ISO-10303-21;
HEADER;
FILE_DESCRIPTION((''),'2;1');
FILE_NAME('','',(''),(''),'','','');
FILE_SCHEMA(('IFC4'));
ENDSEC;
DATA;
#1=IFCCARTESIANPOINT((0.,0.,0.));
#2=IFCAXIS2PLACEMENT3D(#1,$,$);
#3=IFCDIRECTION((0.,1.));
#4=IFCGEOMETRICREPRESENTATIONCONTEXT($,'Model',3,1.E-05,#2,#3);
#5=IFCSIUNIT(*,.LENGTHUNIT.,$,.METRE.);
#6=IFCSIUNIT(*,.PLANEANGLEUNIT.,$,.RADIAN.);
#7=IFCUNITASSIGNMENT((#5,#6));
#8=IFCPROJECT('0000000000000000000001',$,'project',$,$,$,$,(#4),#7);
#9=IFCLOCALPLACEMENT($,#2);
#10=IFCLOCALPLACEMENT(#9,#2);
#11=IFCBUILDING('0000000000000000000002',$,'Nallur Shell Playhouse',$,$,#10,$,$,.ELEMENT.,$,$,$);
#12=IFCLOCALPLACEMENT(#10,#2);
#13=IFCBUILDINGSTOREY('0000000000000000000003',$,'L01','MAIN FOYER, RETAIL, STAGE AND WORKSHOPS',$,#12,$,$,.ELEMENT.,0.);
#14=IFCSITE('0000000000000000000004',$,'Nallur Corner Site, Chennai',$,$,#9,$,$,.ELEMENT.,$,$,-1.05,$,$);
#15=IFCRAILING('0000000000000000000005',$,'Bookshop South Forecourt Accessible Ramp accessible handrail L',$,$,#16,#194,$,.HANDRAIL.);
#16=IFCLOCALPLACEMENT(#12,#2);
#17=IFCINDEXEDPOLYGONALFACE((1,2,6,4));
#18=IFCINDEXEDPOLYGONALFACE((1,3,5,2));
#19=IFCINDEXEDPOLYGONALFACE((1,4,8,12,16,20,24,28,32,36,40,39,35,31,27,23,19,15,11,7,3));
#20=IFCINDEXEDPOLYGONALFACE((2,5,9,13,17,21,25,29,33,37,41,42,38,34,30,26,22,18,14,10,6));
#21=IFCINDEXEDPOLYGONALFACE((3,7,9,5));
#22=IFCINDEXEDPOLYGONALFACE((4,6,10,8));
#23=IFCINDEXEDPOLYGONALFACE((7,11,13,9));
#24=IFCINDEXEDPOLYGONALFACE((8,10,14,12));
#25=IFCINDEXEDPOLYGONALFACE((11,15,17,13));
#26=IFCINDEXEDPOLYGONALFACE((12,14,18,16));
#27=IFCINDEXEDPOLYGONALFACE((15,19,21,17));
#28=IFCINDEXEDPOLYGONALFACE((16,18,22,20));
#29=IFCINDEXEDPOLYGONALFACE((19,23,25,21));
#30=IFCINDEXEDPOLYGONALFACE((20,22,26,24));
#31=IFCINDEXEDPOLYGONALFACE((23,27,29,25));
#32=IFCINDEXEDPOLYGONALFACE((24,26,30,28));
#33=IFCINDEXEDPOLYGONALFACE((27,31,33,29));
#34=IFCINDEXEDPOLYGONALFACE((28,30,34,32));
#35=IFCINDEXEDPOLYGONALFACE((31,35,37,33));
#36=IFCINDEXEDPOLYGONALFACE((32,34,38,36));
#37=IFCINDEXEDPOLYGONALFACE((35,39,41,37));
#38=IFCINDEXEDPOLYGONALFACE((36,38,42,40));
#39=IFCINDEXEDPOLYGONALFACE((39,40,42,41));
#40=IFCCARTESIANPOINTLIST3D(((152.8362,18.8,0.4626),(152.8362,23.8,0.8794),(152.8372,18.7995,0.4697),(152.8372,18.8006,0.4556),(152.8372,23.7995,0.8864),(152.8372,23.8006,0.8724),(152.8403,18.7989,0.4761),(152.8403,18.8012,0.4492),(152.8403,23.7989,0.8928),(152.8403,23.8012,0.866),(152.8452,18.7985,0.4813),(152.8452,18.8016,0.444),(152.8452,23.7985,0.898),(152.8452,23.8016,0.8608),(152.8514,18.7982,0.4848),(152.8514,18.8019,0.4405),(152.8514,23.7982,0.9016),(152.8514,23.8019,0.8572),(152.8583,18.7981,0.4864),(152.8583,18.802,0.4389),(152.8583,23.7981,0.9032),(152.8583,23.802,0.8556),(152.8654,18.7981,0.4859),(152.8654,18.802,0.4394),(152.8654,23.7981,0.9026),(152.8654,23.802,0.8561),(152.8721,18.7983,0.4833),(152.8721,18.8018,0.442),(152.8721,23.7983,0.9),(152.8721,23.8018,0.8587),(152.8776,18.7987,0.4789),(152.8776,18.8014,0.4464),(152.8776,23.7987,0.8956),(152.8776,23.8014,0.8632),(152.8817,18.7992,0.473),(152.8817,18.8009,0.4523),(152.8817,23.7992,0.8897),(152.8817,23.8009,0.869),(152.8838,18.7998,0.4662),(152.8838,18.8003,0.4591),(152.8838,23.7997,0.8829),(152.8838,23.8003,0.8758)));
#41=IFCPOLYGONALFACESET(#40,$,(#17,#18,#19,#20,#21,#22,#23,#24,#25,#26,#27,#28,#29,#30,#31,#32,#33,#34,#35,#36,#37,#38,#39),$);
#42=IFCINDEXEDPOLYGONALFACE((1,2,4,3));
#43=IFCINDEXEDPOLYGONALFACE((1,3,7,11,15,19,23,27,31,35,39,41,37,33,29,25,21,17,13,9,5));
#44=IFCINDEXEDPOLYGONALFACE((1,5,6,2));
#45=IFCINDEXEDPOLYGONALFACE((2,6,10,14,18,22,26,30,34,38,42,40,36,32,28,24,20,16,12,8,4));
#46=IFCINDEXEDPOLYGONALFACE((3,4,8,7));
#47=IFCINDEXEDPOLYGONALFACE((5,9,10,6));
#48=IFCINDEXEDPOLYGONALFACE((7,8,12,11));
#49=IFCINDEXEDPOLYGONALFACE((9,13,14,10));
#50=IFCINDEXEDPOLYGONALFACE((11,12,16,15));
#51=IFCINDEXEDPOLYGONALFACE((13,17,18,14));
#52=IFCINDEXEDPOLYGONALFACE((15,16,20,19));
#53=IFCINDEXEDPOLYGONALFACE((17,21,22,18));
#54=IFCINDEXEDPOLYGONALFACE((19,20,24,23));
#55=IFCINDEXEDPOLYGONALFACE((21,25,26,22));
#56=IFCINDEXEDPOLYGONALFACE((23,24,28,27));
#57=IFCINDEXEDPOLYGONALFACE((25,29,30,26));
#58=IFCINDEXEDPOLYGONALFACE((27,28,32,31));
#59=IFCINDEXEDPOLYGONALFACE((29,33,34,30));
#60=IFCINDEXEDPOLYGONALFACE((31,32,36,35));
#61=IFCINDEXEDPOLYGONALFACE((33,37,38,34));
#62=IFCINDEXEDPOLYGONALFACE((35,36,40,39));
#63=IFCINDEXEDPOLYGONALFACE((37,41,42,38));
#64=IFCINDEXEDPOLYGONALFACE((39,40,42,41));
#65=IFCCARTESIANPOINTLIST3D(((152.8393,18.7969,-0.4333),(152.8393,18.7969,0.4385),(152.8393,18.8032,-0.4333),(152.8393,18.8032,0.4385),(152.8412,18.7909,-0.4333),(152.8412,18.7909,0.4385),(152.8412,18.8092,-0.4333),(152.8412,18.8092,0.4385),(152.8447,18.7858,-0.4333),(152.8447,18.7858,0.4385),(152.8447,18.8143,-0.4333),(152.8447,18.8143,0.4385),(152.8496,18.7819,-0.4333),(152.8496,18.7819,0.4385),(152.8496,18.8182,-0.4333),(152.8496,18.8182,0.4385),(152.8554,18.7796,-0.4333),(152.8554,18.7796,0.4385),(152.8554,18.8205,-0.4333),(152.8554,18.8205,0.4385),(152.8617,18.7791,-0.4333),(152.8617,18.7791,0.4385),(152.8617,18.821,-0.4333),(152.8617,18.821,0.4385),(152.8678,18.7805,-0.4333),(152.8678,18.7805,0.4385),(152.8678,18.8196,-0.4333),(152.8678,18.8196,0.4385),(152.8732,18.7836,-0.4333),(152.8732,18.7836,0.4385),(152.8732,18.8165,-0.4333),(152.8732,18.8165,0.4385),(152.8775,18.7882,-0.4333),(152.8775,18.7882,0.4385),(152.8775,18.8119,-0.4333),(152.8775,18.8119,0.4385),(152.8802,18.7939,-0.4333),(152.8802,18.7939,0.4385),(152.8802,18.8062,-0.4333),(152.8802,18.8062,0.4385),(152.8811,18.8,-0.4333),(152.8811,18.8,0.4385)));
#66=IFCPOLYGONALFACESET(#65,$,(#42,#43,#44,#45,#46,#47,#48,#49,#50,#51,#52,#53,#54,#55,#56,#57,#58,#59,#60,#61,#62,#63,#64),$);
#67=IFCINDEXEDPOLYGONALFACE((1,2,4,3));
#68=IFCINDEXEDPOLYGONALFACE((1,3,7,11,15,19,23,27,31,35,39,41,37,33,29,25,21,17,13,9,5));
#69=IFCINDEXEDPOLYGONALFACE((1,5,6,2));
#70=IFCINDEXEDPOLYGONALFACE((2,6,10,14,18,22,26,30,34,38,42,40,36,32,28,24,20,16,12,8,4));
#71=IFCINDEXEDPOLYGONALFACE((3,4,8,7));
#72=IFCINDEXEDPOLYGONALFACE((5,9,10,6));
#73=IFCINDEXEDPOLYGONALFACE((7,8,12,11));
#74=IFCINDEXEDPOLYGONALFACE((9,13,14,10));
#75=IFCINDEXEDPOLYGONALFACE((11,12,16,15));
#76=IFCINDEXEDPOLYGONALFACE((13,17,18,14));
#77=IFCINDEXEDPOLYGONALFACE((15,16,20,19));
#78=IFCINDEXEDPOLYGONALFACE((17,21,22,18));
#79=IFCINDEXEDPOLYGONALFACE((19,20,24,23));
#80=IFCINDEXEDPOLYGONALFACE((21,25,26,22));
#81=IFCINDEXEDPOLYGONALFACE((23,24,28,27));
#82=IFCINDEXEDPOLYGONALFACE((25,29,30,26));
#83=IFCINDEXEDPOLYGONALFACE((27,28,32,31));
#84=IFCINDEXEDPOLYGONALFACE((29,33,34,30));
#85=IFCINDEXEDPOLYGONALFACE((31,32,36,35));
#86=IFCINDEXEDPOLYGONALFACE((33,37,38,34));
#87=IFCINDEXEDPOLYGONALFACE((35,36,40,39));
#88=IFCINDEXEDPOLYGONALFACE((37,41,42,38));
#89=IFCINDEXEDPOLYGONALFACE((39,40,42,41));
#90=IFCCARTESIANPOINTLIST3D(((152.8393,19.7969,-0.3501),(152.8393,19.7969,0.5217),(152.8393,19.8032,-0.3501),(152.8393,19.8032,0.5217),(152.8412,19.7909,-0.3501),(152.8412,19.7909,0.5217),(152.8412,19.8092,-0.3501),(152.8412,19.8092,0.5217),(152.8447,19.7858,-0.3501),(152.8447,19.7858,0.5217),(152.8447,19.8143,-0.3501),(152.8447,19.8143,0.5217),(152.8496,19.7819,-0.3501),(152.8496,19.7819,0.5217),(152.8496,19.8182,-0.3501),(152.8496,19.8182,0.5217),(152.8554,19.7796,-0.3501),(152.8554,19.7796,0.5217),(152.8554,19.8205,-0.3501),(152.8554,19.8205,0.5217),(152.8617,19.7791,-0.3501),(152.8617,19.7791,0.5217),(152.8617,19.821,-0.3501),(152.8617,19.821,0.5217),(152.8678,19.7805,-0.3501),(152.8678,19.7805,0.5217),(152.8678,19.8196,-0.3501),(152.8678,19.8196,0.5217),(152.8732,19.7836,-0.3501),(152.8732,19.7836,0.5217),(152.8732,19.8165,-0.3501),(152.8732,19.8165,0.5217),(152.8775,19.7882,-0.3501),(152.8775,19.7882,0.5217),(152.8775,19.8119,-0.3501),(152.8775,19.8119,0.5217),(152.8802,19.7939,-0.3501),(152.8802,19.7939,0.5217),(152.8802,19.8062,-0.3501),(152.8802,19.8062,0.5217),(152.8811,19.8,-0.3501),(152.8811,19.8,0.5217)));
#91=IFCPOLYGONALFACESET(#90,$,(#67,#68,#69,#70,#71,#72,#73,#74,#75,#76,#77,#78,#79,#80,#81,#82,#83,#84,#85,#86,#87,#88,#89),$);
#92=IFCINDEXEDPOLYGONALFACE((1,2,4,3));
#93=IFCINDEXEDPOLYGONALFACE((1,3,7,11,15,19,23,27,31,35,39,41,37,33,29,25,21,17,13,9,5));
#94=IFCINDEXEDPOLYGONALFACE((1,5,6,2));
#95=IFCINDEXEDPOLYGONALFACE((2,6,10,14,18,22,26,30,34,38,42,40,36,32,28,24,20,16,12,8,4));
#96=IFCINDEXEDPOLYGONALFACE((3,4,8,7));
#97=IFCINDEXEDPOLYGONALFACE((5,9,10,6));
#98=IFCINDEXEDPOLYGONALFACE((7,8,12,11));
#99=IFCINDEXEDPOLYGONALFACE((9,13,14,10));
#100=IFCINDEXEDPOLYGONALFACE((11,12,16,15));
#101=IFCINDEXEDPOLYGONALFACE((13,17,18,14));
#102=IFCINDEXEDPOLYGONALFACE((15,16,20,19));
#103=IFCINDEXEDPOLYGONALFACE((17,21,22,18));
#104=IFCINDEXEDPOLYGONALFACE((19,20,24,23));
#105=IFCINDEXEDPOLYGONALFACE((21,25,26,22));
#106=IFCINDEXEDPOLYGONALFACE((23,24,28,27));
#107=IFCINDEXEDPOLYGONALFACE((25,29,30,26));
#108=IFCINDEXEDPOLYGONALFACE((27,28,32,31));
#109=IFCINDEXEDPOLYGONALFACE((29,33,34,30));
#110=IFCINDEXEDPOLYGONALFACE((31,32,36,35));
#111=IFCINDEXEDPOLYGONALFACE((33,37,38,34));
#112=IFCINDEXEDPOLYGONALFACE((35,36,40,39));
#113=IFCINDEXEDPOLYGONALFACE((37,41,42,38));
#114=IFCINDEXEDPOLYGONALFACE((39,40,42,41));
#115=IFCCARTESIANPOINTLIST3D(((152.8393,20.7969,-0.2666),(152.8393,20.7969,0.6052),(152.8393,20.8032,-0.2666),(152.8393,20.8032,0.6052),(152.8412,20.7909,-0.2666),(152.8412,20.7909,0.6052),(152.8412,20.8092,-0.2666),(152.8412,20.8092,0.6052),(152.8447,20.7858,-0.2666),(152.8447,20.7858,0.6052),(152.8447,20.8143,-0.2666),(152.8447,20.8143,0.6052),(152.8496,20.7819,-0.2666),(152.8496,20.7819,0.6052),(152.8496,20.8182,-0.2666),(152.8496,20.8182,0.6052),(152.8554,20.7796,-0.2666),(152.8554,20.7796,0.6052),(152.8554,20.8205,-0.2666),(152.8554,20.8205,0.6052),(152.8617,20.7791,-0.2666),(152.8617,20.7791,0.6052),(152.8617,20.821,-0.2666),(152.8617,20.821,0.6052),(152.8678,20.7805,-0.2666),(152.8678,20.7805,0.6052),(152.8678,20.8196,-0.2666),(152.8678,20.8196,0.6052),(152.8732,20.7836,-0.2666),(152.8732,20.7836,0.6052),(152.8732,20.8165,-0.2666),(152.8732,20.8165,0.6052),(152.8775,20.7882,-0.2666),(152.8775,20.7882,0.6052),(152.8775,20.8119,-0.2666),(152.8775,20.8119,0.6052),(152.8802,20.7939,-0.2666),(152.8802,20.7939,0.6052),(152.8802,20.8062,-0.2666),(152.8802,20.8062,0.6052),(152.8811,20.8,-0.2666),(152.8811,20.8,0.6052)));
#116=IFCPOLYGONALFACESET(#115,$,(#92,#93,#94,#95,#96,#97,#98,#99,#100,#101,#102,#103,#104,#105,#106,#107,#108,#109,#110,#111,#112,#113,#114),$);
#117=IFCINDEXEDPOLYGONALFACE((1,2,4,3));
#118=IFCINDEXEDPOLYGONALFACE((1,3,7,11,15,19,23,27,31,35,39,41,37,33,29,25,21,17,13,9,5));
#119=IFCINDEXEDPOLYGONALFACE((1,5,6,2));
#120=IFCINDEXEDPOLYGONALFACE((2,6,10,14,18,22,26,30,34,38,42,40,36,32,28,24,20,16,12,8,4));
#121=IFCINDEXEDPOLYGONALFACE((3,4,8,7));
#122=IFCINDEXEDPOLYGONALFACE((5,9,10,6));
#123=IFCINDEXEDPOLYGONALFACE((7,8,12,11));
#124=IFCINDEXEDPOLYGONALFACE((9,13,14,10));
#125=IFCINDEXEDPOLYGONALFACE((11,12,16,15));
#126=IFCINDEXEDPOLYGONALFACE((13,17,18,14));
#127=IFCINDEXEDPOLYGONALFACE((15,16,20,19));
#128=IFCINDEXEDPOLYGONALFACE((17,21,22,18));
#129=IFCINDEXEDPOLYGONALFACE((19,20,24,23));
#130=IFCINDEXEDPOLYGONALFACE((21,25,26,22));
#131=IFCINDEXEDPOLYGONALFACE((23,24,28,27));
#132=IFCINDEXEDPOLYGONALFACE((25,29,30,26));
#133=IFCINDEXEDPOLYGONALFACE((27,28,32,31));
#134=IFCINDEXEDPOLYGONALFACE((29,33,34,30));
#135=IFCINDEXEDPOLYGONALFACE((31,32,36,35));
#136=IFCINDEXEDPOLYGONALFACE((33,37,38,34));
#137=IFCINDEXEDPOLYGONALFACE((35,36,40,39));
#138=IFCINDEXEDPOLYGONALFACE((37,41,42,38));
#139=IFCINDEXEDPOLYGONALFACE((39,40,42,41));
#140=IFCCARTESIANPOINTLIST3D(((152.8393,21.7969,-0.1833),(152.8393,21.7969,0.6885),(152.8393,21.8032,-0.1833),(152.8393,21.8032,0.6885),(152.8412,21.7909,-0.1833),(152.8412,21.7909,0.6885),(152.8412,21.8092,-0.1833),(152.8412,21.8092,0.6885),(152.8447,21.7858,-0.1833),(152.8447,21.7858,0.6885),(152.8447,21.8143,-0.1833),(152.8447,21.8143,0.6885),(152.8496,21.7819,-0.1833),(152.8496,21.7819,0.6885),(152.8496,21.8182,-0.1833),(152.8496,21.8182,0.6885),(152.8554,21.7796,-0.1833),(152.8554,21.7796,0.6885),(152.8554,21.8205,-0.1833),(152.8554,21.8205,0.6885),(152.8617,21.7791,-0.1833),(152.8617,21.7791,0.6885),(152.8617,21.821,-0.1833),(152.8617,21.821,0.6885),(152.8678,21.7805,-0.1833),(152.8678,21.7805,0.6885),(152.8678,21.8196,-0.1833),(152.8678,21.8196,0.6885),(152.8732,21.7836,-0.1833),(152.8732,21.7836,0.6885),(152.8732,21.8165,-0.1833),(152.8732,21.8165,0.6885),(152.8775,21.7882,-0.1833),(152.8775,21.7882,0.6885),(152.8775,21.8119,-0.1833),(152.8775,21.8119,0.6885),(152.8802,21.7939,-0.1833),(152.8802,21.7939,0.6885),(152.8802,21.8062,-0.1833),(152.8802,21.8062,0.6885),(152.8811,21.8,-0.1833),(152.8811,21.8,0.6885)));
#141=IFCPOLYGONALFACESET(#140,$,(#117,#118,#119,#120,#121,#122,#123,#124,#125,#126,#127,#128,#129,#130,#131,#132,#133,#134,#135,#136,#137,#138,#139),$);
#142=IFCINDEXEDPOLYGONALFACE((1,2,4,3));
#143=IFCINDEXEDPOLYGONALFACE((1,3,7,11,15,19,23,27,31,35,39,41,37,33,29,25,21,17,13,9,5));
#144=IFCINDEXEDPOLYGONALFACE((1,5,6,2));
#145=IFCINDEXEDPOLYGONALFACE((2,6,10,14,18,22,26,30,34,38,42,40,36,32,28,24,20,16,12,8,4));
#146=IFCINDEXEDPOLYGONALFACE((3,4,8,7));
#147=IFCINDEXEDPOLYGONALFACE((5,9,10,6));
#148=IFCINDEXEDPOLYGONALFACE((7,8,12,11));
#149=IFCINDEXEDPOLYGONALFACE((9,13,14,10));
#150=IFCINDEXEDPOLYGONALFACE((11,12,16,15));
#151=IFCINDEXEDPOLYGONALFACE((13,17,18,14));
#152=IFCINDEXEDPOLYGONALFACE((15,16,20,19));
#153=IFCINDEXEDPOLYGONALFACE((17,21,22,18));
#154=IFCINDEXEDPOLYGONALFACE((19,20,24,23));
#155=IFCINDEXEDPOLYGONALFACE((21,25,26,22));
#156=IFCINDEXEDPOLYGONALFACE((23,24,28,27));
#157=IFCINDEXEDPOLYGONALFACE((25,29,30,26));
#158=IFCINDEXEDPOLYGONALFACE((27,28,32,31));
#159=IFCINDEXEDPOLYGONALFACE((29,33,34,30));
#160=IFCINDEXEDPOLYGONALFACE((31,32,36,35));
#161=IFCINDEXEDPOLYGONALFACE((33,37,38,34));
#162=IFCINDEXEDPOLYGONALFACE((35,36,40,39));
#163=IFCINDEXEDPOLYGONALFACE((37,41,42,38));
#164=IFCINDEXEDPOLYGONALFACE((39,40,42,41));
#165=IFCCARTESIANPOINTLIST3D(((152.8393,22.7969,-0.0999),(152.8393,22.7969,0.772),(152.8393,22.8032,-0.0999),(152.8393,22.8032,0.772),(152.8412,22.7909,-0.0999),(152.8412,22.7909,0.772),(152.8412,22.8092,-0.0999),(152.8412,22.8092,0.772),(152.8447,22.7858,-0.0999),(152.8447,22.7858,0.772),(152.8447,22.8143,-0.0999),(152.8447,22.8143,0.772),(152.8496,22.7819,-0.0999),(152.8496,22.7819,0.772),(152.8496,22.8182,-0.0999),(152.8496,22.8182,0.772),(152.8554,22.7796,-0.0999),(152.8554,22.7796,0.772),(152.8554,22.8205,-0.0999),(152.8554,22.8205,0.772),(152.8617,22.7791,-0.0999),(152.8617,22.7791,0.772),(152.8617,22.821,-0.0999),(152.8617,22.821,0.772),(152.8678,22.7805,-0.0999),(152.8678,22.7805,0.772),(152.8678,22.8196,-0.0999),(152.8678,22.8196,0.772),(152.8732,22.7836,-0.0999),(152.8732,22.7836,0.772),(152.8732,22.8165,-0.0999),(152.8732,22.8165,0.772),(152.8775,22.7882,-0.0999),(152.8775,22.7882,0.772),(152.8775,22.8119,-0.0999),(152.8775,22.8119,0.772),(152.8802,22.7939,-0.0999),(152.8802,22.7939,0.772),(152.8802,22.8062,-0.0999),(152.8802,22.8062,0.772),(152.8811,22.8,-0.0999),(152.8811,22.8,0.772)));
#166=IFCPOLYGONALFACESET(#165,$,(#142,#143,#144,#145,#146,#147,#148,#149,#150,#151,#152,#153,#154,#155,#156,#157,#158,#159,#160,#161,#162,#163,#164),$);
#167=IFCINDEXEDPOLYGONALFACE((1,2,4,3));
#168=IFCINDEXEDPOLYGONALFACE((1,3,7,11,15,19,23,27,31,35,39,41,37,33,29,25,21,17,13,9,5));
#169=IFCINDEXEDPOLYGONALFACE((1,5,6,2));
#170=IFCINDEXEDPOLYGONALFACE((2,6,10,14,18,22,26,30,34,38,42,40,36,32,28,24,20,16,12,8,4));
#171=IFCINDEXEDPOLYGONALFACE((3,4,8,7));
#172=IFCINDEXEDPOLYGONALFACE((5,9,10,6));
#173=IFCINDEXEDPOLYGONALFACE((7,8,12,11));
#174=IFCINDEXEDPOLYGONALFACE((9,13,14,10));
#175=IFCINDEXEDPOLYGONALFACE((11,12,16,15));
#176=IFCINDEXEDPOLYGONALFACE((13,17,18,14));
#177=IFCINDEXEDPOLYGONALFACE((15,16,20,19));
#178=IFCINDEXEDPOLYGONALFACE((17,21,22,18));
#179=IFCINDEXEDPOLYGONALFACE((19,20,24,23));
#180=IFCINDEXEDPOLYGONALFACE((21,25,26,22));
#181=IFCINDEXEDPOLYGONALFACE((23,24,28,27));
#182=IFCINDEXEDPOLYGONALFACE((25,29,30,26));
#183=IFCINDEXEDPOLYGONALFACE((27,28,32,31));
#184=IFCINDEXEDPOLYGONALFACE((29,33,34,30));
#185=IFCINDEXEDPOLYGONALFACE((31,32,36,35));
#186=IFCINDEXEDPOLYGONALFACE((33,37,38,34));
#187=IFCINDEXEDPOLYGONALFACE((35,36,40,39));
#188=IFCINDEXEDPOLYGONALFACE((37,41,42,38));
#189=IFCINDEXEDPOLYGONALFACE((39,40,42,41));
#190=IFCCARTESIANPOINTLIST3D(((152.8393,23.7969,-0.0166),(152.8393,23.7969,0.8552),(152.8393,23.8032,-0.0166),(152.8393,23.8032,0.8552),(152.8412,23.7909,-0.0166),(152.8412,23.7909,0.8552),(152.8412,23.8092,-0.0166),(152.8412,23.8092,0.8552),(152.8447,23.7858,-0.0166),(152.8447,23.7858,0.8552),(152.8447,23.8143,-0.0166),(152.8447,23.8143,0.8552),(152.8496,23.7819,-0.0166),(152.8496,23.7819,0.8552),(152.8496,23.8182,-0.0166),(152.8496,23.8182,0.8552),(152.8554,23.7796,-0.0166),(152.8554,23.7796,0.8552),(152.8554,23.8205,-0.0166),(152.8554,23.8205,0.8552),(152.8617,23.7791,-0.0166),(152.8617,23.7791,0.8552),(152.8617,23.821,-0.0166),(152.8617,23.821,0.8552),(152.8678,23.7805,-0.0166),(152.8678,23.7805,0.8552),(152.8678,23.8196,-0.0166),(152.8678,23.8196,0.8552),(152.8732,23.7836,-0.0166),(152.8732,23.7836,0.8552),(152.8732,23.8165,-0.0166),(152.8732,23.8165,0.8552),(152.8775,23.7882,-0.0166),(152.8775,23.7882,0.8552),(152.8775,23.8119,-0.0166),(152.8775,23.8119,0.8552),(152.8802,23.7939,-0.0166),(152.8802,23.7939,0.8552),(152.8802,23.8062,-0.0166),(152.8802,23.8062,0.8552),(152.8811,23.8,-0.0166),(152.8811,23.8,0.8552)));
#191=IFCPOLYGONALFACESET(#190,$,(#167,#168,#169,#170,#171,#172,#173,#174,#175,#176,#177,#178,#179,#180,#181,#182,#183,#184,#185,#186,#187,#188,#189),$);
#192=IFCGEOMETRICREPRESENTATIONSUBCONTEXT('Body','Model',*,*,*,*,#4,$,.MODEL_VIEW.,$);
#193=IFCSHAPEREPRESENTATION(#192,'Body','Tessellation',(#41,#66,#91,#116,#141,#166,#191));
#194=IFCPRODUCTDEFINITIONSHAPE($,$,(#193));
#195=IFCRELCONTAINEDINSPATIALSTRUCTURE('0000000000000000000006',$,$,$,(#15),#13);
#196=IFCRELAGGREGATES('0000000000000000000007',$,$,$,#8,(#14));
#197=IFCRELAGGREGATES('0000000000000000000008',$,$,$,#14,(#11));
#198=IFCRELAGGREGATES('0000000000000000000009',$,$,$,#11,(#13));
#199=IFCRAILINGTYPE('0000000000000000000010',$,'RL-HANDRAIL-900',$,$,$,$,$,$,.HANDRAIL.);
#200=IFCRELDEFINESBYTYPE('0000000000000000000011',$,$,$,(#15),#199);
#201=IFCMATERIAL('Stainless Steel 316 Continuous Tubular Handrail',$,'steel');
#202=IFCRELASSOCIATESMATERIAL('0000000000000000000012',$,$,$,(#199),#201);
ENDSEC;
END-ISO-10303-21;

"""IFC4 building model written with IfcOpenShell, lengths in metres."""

from ifc_helpers import new_model, si_unit, direction, frame, origin, origin_2d, place, context, subcontext, project, spatial, circle, extrude, material, type_object, element, save


model = new_model("IFC4")

# Units and contexts
model_context = context("Model", 3, precision=1e-05, world=origin(), true_north=direction((0.0, 1.0)))
body_context = subcontext(model_context, "Body", "Model", "MODEL_VIEW")
ifc_project = project(units=[si_unit("LENGTHUNIT", "METRE"), si_unit("PLANEANGLEUNIT", "RADIAN")], contexts=[model_context])

# Site, building, storey
site_placement = place(None, origin())
site = spatial("IfcSite", under=ifc_project, at=site_placement, Name="Nallur Corner Site, Chennai", CompositionType="ELEMENT", RefElevation=-1.05)
building_placement = place(site_placement, origin())
building = spatial("IfcBuilding", under=site, at=building_placement, Name="Nallur Shell Playhouse", CompositionType="ELEMENT")
storey_placement = place(building_placement, origin())
storey = spatial("IfcBuildingStorey", under=building, at=storey_placement, Name="L01", Description="MAIN FOYER, RETAIL, STAGE AND WORKSHOPS", CompositionType="ELEMENT", Elevation=0.0)

# Railing
ifc_material_1 = material(Name="Stainless Steel 316 Continuous Tubular Handrail", Category="steel")
railing_type_1 = type_object("IfcRailingType", Name="RL-HANDRAIL-900", PredefinedType="HANDRAIL", material=ifc_material_1)
for number, where, name in (
    (1, (152.8601, 18.8, -0.4333), "Bookshop South Forecourt Accessible Ramp accessible handrail L"),
):
    element("IfcRailing", number, at=place(storey_placement, frame(where)), inside=storey, type_object=railing_type_1, Name=name, PredefinedType="HANDRAIL", context=body_context, shape_type="SweptSolid", body=[
        extrude(circle(Radius=0.0239, at=origin_2d()), frame((0.0, 0.0, 0.896), z_axis=(0.0, 0.996544, 0.083062), x_axis=(-1.0, 0.0, 0.0)), (0.0, 0.0, 1.0), 5.0173),
        extrude(circle(Radius=0.021, at=origin_2d()), origin(), (0.0, 0.0, 1.0), 0.8718),
        extrude(circle(Radius=0.021, at=origin_2d()), frame((0.0, 1.0, 0.0833)), (0.0, 0.0, 1.0), 0.8718),
        extrude(circle(Radius=0.021, at=origin_2d()), frame((0.0, 2.0, 0.1667)), (0.0, 0.0, 1.0), 0.8718),
        extrude(circle(Radius=0.021, at=origin_2d()), frame((0.0, 3.0, 0.25)), (0.0, 0.0, 1.0), 0.8718),
        extrude(circle(Radius=0.021, at=origin_2d()), frame((0.0, 4.0, 0.3335)), (0.0, 0.0, 1.0), 0.8718),
        extrude(circle(Radius=0.021, at=origin_2d()), frame((0.0, 5.0, 0.4167)), (0.0, 0.0, 1.0), 0.8718),
    ])

save(model, "model.ifc")
